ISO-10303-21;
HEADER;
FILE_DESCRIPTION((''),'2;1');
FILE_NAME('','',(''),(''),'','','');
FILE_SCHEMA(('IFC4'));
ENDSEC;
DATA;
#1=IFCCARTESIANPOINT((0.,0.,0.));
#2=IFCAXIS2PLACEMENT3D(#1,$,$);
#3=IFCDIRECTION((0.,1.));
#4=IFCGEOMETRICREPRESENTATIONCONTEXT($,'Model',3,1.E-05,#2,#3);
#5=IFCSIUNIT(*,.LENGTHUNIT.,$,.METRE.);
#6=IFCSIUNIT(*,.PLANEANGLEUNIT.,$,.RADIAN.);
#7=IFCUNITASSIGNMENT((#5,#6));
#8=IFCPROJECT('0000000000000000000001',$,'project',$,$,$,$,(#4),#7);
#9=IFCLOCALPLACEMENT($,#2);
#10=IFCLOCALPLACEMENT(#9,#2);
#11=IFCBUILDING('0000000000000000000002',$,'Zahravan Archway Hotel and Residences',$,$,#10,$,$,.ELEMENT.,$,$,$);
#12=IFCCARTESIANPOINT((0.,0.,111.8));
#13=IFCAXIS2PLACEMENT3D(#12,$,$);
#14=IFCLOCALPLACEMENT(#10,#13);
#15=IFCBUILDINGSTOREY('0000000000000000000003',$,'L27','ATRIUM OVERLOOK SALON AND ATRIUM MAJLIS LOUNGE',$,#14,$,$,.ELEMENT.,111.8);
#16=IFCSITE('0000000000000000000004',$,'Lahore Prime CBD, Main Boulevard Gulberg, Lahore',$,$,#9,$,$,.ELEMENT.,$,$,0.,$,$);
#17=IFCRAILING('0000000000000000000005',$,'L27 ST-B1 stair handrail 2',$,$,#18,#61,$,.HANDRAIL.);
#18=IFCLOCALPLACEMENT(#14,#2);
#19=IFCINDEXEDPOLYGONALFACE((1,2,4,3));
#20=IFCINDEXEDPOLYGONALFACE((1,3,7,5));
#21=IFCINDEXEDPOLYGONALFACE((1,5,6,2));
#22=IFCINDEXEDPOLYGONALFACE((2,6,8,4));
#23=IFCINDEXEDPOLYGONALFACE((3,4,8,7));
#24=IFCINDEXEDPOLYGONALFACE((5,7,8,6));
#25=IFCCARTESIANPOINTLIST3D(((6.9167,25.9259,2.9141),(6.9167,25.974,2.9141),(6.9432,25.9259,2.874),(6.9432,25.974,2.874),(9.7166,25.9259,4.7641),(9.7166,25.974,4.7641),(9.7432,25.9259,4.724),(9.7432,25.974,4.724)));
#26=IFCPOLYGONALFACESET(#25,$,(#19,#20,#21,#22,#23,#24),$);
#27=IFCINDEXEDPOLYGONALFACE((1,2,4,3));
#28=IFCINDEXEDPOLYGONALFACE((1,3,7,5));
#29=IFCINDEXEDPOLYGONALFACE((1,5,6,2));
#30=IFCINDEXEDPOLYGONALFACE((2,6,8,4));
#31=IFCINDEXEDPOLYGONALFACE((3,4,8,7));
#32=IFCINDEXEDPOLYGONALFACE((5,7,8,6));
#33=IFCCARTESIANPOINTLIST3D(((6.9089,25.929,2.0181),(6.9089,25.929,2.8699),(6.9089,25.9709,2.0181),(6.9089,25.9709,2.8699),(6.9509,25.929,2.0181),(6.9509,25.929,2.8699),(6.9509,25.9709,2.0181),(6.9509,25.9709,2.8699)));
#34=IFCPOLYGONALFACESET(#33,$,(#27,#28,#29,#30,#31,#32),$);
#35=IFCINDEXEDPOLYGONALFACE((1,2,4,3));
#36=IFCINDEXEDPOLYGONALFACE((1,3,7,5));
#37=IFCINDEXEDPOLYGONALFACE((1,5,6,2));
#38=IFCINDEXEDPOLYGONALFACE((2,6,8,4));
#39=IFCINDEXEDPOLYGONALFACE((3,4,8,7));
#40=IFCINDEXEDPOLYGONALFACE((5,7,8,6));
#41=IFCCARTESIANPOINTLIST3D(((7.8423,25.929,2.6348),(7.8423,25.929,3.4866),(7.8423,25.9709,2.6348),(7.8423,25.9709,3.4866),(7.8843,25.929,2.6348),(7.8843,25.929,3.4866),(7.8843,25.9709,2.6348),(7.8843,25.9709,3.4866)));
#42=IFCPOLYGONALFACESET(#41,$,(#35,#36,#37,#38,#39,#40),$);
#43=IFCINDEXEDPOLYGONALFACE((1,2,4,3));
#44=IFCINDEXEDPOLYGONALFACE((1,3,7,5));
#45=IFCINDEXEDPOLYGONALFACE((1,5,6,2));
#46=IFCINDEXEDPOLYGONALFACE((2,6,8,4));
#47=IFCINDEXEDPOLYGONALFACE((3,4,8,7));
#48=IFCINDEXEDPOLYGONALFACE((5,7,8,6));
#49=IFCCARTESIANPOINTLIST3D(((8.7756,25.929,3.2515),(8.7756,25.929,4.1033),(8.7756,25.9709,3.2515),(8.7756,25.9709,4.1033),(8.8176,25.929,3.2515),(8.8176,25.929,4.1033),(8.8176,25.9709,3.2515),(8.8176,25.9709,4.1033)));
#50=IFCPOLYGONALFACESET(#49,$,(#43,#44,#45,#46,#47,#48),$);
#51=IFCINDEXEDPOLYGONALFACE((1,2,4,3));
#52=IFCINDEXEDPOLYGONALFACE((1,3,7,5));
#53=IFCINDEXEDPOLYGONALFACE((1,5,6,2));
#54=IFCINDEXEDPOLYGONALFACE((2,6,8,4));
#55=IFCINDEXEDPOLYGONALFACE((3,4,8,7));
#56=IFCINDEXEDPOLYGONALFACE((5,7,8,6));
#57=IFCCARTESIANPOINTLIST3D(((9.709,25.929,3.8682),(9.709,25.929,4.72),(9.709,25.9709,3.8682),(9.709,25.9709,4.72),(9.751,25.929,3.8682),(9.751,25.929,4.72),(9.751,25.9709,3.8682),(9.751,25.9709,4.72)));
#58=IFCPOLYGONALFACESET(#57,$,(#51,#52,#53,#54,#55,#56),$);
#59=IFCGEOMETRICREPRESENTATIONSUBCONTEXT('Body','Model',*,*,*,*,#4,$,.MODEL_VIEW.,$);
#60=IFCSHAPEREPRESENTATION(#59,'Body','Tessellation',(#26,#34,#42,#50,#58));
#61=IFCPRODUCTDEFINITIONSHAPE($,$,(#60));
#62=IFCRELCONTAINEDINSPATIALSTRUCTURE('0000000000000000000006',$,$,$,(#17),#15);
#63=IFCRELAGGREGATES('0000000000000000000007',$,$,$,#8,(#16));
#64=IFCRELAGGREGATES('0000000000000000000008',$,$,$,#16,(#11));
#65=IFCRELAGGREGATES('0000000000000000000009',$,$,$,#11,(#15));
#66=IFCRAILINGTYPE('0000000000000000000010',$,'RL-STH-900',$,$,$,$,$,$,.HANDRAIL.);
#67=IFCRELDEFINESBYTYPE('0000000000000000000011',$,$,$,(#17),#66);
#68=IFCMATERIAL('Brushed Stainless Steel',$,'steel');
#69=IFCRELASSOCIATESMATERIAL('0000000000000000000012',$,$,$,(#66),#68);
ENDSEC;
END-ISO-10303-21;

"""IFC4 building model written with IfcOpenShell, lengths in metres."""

from ifc_helpers import new_model, si_unit, direction, frame, origin, origin_2d, place, context, subcontext, project, spatial, rectangle, extrude, material, type_object, element, save


model = new_model("IFC4")

# Units and contexts
model_context = context("Model", 3, precision=1e-05, world=origin(), true_north=direction((0.0, 1.0)))
body_context = subcontext(model_context, "Body", "Model", "MODEL_VIEW")
ifc_project = project(units=[si_unit("LENGTHUNIT", "METRE"), si_unit("PLANEANGLEUNIT", "RADIAN")], contexts=[model_context])

# Site, building, storey
site_placement = place(None, origin())
site = spatial("IfcSite", under=ifc_project, at=site_placement, Name="Lahore Prime CBD, Main Boulevard Gulberg, Lahore", CompositionType="ELEMENT", RefElevation=0.0)
building_placement = place(site_placement, origin())
building = spatial("IfcBuilding", under=site, at=building_placement, Name="Zahravan Archway Hotel and Residences", CompositionType="ELEMENT")
storey_placement = place(building_placement, frame((0.0, 0.0, 111.8)))
storey = spatial("IfcBuildingStorey", under=building, at=storey_placement, Name="L27", Description="ATRIUM OVERLOOK SALON AND ATRIUM MAJLIS LOUNGE", CompositionType="ELEMENT", Elevation=111.8)

# Shared definitions
ifc_material_1 = material(Name="Brushed Stainless Steel", Category="steel")

# Railing
railing_type_1 = type_object("IfcRailingType", Name="RL-STH-900", PredefinedType="HANDRAIL", material=ifc_material_1)
railing_1_placement = place(storey_placement, frame((6.9299, 25.95, 2.0181)))
element("IfcRailing", 1, at=railing_1_placement, inside=storey, type_object=railing_type_1, Name="L27 ST-B1 stair handrail 2", PredefinedType="HANDRAIL", context=body_context, shape_type="SweptSolid", body=[
    extrude(rectangle(XDim=0.0481, YDim=0.0481, at=origin_2d()), frame((0.0, 0.0, 0.876), z_axis=(0.834326, 0.0, 0.551271), x_axis=(0.0, 1.0, 0.0)), (0.0, 0.0, 1.0), 3.356),
    extrude(rectangle(XDim=0.042, YDim=0.042, at=origin_2d()), origin(), (0.0, 0.0, 1.0), 0.8518),
    extrude(rectangle(XDim=0.042, YDim=0.042, at=origin_2d()), frame((0.9333, 0.0, 0.6167)), (0.0, 0.0, 1.0), 0.8518),
    extrude(rectangle(XDim=0.042, YDim=0.042, at=origin_2d()), frame((1.8667, 0.0, 1.2334)), (0.0, 0.0, 1.0), 0.8518),
    extrude(rectangle(XDim=0.042, YDim=0.042, at=origin_2d()), frame((2.8, 0.0, 1.8501)), (0.0, 0.0, 1.0), 0.8518),
])

save(model, "model.ifc")
